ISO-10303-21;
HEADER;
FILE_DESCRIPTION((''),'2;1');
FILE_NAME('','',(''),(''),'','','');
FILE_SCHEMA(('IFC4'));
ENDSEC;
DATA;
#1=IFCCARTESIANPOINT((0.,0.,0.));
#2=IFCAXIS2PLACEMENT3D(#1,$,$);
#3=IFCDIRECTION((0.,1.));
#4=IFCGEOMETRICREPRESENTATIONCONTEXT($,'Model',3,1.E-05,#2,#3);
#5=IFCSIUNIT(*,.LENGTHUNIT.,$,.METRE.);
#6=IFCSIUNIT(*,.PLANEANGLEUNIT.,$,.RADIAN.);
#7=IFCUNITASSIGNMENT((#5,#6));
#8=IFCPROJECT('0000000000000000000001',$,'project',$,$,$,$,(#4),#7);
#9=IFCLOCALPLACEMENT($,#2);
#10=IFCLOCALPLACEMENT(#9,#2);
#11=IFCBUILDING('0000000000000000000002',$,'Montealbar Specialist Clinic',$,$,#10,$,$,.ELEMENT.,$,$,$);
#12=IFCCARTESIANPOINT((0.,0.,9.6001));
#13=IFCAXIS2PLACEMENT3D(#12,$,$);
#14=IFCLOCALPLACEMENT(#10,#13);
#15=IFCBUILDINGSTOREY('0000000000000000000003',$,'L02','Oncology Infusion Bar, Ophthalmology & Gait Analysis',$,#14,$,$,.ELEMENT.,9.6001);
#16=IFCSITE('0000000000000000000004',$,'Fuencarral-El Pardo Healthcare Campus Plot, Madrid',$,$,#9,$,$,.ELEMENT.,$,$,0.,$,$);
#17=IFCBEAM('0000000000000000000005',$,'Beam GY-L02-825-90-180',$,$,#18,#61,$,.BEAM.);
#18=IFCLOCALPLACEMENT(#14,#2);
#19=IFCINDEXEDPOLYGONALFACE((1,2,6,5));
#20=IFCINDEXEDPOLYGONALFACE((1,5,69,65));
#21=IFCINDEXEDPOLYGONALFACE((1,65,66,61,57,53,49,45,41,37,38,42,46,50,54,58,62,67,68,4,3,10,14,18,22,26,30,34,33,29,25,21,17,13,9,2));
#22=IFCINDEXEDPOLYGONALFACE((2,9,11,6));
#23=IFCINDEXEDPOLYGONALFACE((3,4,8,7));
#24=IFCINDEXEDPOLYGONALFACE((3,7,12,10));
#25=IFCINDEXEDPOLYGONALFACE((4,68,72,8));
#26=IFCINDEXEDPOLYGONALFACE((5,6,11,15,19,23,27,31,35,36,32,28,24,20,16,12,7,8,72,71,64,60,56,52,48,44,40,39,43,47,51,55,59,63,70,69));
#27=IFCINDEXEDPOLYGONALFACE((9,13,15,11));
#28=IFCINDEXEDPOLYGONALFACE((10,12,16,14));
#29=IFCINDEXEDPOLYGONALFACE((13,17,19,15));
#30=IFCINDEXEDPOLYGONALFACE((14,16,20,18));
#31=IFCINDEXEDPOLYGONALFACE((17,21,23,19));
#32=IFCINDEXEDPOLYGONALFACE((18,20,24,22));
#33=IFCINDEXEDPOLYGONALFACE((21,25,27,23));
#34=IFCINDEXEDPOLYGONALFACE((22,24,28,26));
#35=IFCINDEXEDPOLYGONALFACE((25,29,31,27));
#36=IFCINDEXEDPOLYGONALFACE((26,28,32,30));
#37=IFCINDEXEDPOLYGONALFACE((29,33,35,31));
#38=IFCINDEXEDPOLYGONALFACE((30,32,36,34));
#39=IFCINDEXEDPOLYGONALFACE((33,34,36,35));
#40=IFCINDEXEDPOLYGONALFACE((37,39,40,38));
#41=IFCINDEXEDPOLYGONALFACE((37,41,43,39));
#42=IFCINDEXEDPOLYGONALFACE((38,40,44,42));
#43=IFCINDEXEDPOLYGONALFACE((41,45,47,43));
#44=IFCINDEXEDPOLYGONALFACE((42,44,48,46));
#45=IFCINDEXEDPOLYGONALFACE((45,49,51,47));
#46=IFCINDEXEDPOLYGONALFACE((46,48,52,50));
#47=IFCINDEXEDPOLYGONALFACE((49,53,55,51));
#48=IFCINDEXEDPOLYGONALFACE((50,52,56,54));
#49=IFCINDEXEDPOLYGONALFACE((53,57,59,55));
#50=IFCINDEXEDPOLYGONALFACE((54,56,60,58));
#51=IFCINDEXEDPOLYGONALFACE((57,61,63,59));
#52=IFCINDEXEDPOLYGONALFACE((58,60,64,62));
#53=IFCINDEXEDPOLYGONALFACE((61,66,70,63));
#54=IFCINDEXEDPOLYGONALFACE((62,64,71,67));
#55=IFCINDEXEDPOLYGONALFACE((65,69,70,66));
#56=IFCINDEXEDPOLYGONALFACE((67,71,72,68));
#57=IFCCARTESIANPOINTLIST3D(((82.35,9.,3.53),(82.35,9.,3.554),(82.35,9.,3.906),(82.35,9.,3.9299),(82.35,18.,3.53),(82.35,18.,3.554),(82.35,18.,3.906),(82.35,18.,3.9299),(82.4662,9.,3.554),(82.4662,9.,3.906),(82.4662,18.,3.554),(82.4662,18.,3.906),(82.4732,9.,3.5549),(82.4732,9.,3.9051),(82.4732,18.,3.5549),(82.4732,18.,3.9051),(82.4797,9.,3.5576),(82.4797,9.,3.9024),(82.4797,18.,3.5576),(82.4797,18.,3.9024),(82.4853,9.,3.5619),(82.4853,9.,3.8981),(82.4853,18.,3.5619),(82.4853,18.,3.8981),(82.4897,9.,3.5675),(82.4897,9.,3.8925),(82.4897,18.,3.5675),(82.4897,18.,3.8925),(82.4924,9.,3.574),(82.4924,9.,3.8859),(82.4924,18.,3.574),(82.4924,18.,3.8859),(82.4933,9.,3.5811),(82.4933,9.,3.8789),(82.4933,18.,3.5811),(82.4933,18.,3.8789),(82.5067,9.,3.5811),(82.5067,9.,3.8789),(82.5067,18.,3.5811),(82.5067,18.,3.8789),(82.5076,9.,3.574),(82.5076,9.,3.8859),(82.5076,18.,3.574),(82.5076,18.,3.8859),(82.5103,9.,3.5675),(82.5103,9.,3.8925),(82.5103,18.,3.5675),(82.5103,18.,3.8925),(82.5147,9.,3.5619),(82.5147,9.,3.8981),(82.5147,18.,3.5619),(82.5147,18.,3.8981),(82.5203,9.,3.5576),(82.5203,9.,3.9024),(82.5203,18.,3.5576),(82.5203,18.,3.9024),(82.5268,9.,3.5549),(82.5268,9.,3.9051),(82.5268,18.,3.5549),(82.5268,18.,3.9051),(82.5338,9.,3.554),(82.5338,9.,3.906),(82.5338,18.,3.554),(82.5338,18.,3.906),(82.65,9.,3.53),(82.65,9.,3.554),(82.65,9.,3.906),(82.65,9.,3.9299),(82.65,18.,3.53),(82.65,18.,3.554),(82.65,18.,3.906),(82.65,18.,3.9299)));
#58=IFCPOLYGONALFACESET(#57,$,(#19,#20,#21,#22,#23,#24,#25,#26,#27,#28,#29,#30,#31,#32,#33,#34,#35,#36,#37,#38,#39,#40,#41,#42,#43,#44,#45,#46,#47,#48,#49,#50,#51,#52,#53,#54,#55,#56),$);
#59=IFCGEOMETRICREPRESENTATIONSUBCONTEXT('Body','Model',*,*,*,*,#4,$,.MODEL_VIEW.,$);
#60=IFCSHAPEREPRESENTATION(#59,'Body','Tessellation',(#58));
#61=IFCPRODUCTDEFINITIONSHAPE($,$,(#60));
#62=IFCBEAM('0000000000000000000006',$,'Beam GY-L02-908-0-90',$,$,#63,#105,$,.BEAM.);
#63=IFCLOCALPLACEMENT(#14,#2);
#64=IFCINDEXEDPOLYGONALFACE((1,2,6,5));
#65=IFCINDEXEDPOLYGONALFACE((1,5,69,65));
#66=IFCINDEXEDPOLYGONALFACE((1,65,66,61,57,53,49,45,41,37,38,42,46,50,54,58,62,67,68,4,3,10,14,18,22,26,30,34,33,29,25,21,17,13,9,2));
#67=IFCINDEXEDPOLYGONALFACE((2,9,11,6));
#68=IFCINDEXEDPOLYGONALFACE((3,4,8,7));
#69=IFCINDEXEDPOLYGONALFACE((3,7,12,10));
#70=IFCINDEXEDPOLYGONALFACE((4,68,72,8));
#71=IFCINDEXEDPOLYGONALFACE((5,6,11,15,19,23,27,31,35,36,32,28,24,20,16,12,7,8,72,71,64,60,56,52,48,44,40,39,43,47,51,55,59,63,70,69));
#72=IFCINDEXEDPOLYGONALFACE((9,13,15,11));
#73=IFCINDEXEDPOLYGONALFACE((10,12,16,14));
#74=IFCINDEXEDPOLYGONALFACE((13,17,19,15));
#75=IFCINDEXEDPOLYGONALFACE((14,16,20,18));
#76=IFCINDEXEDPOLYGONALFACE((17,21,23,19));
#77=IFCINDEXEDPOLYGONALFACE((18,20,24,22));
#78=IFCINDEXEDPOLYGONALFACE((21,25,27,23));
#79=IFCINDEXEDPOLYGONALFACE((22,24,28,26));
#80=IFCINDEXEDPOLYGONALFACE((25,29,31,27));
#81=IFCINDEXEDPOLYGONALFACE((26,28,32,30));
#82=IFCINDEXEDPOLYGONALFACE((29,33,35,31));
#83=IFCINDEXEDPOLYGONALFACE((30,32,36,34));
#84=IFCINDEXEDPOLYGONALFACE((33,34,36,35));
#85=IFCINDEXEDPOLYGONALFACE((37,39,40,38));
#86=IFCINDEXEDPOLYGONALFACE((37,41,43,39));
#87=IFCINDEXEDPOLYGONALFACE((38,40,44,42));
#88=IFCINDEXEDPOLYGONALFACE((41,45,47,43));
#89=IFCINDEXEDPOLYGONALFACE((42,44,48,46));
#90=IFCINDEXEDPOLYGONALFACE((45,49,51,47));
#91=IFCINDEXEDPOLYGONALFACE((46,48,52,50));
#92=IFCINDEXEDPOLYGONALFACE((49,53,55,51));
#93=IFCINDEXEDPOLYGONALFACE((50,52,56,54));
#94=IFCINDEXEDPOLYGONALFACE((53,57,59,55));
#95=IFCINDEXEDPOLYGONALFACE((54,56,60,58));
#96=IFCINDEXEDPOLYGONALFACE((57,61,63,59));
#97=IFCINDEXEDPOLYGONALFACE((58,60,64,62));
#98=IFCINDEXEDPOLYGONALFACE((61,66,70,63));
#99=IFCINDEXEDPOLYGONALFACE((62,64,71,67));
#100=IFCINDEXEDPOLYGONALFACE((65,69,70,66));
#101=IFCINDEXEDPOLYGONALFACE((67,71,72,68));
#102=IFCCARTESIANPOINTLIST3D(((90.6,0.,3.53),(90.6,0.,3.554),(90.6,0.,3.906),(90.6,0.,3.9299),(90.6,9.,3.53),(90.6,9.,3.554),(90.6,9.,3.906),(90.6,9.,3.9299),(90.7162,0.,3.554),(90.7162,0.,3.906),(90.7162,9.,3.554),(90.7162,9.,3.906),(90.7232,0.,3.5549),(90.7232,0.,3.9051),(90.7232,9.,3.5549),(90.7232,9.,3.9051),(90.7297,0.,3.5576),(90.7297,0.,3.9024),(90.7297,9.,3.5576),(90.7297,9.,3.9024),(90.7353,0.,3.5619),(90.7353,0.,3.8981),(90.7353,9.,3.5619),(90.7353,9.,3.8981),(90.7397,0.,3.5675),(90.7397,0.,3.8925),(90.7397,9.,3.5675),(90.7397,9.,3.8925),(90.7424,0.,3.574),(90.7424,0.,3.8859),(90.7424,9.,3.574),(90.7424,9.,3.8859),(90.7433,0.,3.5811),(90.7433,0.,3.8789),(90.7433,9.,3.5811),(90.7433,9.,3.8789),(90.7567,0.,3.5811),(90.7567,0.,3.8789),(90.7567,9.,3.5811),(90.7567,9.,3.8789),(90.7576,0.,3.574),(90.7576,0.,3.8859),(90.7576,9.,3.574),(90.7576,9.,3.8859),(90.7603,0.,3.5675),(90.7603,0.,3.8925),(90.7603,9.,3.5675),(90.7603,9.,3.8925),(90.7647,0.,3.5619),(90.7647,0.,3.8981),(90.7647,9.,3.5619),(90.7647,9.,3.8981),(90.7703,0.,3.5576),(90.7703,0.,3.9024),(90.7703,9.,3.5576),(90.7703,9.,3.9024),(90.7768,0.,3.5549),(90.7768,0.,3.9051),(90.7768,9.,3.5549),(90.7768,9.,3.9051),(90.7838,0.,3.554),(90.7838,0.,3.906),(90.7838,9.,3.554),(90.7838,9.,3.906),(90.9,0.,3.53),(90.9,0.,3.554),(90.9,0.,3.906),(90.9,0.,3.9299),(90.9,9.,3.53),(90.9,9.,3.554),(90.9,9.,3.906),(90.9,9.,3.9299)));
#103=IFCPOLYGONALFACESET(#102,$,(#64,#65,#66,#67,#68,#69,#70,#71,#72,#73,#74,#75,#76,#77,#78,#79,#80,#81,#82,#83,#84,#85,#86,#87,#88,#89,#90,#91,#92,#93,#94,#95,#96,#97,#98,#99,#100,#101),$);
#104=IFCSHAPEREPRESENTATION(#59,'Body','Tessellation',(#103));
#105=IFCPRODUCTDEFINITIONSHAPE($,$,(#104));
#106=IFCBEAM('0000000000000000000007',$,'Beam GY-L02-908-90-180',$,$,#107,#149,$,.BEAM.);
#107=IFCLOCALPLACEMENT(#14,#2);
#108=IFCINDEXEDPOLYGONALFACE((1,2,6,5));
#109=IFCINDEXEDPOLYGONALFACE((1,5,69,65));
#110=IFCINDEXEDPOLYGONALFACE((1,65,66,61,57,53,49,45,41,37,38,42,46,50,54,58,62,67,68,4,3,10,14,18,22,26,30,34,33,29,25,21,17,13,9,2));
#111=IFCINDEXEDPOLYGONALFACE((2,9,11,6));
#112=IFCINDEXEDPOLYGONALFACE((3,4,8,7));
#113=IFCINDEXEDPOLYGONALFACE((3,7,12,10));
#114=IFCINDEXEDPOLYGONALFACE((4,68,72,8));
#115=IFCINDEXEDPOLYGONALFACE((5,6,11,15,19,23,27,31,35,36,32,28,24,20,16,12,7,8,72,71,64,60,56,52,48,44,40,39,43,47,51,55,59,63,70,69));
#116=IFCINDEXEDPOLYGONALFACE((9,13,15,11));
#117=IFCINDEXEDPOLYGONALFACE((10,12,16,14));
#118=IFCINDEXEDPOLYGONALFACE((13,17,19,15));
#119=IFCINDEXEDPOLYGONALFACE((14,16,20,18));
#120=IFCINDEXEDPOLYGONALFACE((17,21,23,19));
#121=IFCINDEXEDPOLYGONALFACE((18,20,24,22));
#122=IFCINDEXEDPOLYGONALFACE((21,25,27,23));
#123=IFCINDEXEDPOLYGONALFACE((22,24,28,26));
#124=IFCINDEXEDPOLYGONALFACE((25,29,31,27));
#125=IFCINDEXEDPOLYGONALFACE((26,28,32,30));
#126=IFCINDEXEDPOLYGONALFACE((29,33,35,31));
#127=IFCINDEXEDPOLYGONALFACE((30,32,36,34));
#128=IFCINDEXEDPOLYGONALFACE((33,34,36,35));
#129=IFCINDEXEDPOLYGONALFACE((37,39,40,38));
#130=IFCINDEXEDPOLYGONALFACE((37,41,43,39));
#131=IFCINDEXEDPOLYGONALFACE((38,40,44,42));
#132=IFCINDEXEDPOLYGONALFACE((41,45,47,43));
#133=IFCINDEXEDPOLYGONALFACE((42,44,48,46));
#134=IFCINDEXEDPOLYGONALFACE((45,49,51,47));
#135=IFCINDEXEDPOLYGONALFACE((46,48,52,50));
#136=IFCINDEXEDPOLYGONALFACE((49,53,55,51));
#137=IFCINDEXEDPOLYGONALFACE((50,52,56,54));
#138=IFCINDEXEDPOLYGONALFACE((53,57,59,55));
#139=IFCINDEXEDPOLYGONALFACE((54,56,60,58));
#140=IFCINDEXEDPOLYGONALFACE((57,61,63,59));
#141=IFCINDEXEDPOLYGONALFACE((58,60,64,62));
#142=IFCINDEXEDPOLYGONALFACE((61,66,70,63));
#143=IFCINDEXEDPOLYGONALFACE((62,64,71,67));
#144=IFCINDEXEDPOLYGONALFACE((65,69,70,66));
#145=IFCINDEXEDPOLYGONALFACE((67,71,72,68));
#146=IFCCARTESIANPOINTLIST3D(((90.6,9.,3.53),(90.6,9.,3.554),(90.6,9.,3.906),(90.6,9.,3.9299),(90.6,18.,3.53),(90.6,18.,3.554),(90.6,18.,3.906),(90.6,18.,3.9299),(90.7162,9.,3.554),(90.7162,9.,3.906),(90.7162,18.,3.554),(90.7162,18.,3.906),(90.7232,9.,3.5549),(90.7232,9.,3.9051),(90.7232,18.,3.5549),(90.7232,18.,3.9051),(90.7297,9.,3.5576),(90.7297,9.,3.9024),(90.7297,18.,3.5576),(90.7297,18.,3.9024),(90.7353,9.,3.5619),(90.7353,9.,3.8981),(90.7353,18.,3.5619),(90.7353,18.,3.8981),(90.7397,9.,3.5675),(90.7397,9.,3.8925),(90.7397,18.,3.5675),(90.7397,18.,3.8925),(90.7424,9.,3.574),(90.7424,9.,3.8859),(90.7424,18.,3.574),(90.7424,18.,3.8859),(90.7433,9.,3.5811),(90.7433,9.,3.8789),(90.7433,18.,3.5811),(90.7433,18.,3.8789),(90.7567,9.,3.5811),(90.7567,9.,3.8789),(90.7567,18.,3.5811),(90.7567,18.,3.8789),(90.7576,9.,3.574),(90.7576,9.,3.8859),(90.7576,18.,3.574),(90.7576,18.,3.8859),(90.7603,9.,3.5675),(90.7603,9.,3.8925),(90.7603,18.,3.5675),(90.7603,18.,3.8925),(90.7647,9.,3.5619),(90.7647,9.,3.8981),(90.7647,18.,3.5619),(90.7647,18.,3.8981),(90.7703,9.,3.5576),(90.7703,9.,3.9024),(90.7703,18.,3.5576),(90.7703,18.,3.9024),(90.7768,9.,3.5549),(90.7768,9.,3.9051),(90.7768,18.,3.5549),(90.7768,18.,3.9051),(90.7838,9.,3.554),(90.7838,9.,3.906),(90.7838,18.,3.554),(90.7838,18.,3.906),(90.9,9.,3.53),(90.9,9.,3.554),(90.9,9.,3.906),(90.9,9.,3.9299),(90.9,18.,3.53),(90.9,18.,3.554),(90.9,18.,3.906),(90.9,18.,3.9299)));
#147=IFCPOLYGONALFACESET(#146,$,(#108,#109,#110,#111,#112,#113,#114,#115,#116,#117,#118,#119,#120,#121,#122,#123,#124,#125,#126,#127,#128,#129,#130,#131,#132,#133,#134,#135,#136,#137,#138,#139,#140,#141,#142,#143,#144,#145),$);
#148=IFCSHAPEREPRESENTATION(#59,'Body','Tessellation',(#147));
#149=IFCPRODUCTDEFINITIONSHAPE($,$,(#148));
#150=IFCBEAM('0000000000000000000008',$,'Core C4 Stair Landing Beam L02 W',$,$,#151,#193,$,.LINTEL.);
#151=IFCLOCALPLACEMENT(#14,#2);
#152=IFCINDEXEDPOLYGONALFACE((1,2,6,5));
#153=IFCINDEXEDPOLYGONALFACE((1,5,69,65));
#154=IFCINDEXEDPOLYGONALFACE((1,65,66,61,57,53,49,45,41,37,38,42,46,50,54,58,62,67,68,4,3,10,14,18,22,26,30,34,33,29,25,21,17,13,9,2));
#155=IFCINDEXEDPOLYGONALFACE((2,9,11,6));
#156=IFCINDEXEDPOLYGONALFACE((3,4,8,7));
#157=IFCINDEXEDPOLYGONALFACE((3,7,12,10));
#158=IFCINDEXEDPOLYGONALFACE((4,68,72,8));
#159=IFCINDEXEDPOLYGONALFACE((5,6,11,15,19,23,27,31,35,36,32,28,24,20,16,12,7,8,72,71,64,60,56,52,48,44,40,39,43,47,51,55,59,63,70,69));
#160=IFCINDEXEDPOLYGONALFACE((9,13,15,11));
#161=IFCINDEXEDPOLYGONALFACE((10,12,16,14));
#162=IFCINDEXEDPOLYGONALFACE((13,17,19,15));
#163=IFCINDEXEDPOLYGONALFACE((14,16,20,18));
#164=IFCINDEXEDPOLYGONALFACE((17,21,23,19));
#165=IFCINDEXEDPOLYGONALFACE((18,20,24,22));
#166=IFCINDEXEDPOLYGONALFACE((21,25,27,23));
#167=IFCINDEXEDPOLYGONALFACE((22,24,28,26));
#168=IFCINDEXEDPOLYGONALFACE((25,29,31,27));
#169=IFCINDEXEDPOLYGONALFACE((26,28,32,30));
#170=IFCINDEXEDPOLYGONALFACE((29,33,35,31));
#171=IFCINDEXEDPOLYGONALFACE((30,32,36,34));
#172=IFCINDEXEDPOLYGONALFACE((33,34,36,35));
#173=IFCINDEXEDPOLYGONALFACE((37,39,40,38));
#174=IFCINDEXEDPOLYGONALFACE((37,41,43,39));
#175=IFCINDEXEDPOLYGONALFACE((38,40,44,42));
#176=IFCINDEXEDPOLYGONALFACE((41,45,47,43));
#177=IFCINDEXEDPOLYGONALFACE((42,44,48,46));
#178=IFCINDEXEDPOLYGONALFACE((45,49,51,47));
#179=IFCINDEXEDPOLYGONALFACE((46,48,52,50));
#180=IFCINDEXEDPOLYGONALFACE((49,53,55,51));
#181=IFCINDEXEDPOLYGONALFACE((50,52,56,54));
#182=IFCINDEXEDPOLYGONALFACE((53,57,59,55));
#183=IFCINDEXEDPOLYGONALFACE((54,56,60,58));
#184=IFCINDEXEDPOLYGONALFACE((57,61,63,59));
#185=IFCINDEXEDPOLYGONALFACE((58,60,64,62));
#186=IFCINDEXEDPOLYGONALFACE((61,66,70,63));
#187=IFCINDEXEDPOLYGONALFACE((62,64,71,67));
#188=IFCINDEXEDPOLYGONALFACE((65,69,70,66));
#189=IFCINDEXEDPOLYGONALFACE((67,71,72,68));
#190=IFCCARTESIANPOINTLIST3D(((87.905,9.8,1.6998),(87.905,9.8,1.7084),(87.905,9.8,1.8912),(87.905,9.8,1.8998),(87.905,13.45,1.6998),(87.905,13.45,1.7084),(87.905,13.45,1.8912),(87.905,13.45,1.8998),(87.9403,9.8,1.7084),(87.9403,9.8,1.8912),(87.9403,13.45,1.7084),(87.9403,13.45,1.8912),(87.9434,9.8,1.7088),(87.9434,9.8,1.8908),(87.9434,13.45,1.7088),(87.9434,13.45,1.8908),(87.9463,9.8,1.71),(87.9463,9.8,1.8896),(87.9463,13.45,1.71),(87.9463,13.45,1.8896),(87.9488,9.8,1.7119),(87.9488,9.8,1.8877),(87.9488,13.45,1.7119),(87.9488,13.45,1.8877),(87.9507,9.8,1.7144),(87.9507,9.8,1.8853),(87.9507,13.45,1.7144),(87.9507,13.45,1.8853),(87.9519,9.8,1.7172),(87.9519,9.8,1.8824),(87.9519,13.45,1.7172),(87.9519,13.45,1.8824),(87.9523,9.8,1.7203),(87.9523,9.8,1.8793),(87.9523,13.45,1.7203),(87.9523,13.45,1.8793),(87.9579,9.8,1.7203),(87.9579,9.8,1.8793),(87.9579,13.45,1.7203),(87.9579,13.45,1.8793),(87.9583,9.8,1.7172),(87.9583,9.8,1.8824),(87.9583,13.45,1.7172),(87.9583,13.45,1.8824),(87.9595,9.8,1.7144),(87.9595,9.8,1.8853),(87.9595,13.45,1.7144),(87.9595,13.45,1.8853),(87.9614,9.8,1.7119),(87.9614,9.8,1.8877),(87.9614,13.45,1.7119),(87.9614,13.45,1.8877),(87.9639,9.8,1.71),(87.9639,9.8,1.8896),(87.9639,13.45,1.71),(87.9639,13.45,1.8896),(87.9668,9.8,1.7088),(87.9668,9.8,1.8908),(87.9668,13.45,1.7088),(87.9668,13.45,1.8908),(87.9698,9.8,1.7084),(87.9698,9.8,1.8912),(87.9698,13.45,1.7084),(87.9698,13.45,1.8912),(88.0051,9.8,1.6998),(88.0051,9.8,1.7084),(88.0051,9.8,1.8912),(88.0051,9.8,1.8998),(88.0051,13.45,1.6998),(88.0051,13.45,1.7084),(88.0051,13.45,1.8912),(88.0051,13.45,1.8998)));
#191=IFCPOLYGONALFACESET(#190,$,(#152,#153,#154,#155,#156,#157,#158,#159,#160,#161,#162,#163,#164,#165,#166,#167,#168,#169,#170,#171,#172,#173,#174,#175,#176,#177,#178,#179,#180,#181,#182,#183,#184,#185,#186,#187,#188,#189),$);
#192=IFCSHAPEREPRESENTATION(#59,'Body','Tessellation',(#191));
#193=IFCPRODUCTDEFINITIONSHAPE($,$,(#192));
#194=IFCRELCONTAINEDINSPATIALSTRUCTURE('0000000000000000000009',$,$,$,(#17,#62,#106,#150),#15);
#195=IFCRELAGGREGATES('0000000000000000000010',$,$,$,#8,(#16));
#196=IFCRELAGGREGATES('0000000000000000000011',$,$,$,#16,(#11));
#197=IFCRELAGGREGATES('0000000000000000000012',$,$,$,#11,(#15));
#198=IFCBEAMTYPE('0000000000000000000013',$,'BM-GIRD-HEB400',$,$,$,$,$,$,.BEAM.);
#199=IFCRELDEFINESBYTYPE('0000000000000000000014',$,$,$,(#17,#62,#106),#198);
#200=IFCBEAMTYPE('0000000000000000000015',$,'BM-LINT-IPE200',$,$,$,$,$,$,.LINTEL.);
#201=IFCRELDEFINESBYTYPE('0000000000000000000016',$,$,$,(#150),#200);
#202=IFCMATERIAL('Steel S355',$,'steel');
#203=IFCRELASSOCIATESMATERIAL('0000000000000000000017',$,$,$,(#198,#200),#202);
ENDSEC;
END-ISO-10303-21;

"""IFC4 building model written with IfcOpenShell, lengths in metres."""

from ifc_helpers import new_model, si_unit, direction, frame, origin, origin_2d, place, context, subcontext, project, spatial, i_section, extrude, material, material_profile, profile_set, type_object, element, save


model = new_model("IFC4")

# Units and contexts
model_context = context("Model", 3, precision=1e-05, world=origin(), true_north=direction((0.0, 1.0)))
body_context = subcontext(model_context, "Body", "Model", "MODEL_VIEW")
ifc_project = project(units=[si_unit("LENGTHUNIT", "METRE"), si_unit("PLANEANGLEUNIT", "RADIAN")], contexts=[model_context])

# Site, building, storey
site_placement = place(None, origin())
site = spatial("IfcSite", under=ifc_project, at=site_placement, Name="Fuencarral-El Pardo Healthcare Campus Plot, Madrid", CompositionType="ELEMENT", RefElevation=0.0)
building_placement = place(site_placement, origin())
building = spatial("IfcBuilding", under=site, at=building_placement, Name="Montealbar Specialist Clinic", CompositionType="ELEMENT")
storey_placement = place(building_placement, frame((0.0, 0.0, 9.6001)))
storey = spatial("IfcBuildingStorey", under=building, at=storey_placement, Name="L02", Description="Oncology Infusion Bar, Ophthalmology & Gait Analysis", CompositionType="ELEMENT", Elevation=9.6001)

# Shared definitions
ifc_material_1 = material(Name="Steel S355", Category="steel")

# Beams
ifc_material_profile_1 = material_profile(ifc_material_1, i_section(OverallWidth=0.3, OverallDepth=0.3999, WebThickness=0.0134, FlangeThickness=0.0239, FilletRadius=0.0271, at=origin_2d()), Name="HEB 400", Category="steel")
ifc_profile_set_1 = profile_set([ifc_material_profile_1], Name="Steel S355")
beam_type_1 = type_object("IfcBeamType", Name="BM-GIRD-HEB400", PredefinedType="BEAM", material=ifc_profile_set_1)
for number, where, z_axis, x_axis, name in (
    (1, (82.5, 9.0, 3.73), (0.0, 1.0, 0.0), (-1.0, 0.0, 0.0), "Beam GY-L02-825-90-180"),
    (2, (90.75, 0.0, 3.73), (0.0, 1.0, 0.0), (-1.0, 0.0, 0.0), "Beam GY-L02-908-0-90"),
    (3, (90.75, 9.0, 3.73), (0.0, 1.0, 0.0), (-1.0, 0.0, 0.0), "Beam GY-L02-908-90-180"),
):
    element("IfcBeam", number, at=place(storey_placement, frame(where, z_axis=z_axis, x_axis=x_axis)), inside=storey, type_object=beam_type_1, Name=name, PredefinedType="BEAM", context=body_context, shape_type="SweptSolid", body=[
        extrude(i_section(OverallWidth=0.3, OverallDepth=0.3999, WebThickness=0.0134, FlangeThickness=0.0239, FilletRadius=0.0271, at=origin_2d()), origin(), (0.0, 0.0, 1.0), 9.0),
    ])
ifc_material_profile_2 = material_profile(ifc_material_1, i_section(OverallWidth=0.1001, OverallDepth=0.2, WebThickness=0.0056, FlangeThickness=0.0085, FilletRadius=0.012, at=origin_2d()), Name="IPE 200", Category="steel")
ifc_profile_set_2 = profile_set([ifc_material_profile_2], Name="Steel S355")
beam_type_2 = type_object("IfcBeamType", Name="BM-LINT-IPE200", PredefinedType="LINTEL", material=ifc_profile_set_2)
for number, where, z_axis, x_axis, name in (
    (4, (87.9551, 9.8, 1.7998), (0.0, 1.0, 0.0), (-1.0, 0.0, 0.0), "Core C4 Stair Landing Beam L02 W"),
):
    element("IfcBeam", number, at=place(storey_placement, frame(where, z_axis=z_axis, x_axis=x_axis)), inside=storey, type_object=beam_type_2, Name=name, PredefinedType="LINTEL", context=body_context, shape_type="SweptSolid", body=[
        extrude(i_section(OverallWidth=0.1001, OverallDepth=0.2, WebThickness=0.0056, FlangeThickness=0.0085, FilletRadius=0.012, at=origin_2d()), origin(), (0.0, 0.0, 1.0), 3.6499),
    ])

save(model, "model.ifc")
